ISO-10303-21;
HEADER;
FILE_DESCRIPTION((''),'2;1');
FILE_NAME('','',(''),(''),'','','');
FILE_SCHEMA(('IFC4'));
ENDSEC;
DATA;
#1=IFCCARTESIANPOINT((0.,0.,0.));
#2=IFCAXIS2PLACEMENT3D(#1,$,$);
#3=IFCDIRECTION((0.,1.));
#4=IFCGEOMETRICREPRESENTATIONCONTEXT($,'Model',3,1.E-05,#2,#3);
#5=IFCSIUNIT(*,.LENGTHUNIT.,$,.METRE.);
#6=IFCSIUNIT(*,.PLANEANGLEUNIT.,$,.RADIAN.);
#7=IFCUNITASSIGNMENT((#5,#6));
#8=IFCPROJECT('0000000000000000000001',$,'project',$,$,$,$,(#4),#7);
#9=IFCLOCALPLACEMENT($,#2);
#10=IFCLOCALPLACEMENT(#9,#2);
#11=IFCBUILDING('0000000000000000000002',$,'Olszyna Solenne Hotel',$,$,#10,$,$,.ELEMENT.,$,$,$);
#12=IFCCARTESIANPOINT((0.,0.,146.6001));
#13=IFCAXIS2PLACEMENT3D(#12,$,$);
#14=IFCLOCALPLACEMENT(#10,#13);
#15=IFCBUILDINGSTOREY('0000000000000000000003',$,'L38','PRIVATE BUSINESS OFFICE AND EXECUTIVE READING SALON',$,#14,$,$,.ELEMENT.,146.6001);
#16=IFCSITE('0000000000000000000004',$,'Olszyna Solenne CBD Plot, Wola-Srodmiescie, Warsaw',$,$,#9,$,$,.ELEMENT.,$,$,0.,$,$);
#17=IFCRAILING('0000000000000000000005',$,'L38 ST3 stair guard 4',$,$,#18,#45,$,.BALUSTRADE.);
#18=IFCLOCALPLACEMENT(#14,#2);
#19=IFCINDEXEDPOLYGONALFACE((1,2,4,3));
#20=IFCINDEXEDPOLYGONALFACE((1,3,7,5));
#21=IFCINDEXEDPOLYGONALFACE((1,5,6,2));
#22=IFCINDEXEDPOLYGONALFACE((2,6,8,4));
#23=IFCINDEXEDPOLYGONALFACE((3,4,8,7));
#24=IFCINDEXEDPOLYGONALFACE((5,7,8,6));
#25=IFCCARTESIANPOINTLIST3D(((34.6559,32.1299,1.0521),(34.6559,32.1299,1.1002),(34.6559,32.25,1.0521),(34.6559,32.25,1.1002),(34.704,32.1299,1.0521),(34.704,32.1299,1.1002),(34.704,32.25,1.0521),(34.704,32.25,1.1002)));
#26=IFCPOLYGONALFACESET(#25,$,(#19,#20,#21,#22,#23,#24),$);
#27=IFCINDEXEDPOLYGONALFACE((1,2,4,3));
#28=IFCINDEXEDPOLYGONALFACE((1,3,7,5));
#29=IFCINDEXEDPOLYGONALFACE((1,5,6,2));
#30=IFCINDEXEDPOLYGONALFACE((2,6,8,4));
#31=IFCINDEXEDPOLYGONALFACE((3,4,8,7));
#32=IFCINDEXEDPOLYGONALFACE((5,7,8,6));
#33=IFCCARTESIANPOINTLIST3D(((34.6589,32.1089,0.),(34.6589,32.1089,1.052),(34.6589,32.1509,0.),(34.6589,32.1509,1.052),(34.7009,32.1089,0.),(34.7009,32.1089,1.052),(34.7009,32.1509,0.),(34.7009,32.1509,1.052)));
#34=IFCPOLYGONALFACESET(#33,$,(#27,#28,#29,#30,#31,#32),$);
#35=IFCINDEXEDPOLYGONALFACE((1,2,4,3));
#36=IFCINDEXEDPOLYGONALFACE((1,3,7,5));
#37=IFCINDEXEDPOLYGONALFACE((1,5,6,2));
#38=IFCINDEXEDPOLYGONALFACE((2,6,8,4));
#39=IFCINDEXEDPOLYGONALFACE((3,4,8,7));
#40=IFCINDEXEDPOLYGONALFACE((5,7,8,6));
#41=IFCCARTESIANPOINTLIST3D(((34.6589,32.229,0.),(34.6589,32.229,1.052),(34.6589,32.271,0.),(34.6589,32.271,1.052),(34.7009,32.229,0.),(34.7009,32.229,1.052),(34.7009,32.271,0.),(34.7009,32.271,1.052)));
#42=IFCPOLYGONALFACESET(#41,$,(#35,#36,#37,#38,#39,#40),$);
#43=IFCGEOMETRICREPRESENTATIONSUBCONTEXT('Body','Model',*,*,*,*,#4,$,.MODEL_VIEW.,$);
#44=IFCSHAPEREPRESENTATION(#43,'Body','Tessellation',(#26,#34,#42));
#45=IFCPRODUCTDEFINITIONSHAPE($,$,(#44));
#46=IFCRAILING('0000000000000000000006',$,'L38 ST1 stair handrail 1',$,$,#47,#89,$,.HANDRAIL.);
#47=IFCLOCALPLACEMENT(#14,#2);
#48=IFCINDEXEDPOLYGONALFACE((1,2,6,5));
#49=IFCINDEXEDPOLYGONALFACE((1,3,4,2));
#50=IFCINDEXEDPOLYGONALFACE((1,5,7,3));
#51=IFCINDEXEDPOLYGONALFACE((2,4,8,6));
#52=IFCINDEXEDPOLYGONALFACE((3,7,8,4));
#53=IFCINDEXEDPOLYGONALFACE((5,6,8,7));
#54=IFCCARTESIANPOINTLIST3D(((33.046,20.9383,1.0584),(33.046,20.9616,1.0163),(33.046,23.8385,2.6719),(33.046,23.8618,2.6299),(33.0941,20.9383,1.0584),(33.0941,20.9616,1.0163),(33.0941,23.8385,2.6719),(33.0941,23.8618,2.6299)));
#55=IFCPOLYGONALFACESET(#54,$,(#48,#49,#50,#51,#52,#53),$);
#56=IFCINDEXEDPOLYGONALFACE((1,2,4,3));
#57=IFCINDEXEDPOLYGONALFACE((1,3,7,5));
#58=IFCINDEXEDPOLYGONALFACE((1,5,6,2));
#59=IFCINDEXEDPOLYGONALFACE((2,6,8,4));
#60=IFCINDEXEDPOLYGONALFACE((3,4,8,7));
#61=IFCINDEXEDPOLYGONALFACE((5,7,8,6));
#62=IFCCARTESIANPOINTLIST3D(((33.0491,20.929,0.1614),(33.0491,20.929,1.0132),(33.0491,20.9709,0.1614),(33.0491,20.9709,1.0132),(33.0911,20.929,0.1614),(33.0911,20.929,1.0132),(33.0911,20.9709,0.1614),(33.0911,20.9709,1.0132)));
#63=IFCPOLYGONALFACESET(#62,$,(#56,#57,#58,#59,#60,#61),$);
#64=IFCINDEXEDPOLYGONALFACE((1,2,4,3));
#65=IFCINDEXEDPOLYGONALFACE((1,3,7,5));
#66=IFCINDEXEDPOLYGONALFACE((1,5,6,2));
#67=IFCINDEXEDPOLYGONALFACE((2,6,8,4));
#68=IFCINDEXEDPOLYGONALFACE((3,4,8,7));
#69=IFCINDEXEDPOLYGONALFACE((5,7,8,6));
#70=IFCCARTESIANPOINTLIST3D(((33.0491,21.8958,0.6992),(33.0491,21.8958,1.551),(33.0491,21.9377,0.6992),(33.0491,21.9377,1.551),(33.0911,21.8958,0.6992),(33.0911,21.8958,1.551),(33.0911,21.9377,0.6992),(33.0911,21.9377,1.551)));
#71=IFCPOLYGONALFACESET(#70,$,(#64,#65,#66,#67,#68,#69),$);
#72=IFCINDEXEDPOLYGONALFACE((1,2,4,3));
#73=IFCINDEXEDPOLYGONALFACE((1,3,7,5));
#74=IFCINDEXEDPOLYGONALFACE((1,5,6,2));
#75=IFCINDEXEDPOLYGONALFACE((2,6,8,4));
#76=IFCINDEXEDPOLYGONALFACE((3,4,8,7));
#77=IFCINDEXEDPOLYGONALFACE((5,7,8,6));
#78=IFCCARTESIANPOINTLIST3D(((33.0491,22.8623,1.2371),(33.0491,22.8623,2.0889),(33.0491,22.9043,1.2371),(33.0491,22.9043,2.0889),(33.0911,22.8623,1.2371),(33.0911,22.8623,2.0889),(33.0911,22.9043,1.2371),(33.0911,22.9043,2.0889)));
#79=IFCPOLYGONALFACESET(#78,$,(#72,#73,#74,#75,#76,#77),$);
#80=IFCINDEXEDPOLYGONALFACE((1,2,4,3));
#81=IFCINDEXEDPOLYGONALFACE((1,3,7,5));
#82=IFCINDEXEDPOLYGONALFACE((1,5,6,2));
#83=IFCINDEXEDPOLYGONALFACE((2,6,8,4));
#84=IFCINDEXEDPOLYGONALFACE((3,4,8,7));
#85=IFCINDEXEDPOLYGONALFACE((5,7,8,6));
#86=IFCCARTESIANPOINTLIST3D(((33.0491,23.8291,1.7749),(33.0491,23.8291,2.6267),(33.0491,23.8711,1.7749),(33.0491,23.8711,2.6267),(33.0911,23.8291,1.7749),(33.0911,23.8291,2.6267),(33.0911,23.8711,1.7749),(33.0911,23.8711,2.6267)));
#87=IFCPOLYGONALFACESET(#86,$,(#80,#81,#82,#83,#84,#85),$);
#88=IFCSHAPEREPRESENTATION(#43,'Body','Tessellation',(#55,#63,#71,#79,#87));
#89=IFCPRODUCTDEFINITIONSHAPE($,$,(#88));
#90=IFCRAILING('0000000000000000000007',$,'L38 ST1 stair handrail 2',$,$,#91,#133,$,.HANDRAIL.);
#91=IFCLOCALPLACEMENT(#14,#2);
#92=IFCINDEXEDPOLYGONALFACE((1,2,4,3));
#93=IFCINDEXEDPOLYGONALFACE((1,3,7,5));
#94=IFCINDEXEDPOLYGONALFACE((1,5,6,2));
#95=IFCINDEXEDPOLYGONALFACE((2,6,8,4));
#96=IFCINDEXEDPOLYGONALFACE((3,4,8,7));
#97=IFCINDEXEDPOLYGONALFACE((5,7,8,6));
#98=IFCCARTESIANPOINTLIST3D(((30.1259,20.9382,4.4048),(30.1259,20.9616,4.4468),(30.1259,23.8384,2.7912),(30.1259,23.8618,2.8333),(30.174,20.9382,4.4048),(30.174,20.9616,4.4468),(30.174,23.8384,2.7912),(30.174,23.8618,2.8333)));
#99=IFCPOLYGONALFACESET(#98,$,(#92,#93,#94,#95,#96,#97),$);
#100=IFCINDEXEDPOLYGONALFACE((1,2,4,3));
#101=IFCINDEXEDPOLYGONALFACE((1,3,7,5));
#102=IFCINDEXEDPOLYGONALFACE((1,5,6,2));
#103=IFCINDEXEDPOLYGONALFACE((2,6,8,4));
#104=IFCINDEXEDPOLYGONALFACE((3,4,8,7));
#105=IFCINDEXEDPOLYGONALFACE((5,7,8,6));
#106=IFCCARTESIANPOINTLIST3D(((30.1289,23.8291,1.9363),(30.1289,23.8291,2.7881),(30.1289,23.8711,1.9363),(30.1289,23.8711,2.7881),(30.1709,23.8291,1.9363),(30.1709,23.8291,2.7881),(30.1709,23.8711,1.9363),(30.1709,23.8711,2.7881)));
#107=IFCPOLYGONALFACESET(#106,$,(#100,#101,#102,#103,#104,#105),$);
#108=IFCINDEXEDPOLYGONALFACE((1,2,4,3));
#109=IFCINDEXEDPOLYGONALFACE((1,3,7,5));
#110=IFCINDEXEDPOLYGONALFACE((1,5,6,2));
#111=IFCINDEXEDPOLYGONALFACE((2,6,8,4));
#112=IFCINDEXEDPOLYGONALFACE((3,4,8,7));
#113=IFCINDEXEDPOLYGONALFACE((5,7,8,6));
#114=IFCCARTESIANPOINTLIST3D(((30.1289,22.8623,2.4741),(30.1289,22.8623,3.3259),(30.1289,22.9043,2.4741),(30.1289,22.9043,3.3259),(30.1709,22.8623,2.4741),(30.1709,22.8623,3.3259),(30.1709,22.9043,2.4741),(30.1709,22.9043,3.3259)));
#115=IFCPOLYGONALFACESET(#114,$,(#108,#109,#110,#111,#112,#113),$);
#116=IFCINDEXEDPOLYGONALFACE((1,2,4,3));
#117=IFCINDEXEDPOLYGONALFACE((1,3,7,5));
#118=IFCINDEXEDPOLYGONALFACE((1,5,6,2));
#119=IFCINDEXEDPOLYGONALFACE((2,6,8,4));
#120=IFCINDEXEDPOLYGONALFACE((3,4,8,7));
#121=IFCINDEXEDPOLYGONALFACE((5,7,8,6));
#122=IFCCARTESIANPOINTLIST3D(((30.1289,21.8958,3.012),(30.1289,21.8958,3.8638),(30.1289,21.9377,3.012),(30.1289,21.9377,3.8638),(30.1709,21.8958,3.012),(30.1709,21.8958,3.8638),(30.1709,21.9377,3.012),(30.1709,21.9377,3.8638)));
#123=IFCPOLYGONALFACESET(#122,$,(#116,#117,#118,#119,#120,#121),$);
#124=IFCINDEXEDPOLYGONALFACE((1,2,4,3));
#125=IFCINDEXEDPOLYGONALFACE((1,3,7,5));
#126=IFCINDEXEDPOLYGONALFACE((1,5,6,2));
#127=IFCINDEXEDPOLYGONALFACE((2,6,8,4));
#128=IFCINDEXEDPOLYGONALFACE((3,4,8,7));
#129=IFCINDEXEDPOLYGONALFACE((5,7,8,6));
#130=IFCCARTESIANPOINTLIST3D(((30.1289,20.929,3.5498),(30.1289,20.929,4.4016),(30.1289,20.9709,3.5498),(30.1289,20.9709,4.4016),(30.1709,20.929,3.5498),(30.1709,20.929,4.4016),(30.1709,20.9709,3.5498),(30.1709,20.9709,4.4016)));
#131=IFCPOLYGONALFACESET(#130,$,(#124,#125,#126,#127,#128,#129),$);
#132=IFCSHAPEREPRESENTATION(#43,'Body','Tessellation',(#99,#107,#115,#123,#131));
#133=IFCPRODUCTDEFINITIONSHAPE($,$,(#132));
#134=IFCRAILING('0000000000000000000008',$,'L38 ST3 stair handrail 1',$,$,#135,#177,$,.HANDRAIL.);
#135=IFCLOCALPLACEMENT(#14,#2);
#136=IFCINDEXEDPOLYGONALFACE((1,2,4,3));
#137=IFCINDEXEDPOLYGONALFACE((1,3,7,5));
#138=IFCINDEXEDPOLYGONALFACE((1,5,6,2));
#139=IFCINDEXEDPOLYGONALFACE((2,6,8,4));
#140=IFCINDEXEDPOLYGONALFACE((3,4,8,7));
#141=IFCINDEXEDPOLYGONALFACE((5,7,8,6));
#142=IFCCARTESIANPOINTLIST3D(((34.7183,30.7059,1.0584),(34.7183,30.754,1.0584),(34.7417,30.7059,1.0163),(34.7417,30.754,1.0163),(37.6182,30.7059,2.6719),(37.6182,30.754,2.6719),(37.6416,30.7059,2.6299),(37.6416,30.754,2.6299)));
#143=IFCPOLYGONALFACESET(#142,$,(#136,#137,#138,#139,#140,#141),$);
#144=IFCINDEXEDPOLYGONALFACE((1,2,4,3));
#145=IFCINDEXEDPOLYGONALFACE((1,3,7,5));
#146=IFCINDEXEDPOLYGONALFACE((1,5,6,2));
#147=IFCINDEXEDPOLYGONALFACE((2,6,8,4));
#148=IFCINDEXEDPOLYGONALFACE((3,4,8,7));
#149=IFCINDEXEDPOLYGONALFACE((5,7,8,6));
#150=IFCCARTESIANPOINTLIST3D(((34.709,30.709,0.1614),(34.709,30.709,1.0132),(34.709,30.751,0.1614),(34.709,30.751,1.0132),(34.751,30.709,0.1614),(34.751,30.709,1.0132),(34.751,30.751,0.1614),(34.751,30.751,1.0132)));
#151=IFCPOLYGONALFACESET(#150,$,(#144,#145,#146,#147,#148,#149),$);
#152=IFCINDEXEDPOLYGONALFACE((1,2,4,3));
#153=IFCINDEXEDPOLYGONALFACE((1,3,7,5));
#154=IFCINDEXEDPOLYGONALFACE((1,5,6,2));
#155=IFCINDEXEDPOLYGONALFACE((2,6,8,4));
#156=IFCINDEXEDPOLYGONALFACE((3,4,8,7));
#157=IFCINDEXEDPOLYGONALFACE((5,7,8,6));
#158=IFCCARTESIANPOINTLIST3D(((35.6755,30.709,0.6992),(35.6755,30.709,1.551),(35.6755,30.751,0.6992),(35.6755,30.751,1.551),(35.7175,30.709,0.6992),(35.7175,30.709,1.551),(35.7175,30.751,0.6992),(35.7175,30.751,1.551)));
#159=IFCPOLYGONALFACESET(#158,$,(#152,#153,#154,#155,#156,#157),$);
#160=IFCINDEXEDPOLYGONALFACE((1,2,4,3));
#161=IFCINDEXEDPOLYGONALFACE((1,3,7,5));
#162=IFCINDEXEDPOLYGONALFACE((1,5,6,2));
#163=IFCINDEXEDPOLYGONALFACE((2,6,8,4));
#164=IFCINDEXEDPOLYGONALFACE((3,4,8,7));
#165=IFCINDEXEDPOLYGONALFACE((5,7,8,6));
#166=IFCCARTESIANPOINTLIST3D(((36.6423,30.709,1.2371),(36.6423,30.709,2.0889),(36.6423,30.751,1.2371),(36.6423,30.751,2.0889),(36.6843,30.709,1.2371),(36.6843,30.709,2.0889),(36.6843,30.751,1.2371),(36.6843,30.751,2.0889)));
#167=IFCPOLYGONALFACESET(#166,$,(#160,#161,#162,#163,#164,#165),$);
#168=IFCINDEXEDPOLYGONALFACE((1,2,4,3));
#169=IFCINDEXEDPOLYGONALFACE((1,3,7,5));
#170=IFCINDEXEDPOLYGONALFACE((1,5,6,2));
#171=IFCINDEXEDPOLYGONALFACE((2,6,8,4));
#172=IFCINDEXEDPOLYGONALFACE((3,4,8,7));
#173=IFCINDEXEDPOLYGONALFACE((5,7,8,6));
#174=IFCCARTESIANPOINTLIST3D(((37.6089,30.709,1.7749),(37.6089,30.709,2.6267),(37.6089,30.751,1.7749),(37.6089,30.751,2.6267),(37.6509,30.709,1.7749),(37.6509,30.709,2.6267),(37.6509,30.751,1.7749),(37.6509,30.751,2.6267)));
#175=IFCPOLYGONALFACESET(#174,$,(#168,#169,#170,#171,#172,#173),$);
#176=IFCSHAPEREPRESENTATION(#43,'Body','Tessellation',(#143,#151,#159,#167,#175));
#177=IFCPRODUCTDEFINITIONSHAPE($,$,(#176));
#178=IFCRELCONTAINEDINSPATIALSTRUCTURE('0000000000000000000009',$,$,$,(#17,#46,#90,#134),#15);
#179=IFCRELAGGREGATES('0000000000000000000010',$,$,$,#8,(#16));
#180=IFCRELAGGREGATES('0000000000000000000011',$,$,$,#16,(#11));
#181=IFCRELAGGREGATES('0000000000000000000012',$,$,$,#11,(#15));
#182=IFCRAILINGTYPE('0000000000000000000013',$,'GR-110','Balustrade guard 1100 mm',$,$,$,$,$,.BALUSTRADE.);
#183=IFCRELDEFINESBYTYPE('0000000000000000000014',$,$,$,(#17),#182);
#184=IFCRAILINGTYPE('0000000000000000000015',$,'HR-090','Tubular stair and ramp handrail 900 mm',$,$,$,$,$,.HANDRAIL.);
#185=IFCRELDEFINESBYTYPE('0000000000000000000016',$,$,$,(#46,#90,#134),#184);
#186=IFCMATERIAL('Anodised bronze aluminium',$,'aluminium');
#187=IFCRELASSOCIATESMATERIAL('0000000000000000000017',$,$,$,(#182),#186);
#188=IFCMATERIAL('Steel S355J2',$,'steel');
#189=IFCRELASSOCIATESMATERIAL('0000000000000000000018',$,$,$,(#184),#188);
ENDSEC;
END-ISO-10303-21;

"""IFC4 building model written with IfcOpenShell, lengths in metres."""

from ifc_helpers import new_model, si_unit, direction, frame, origin, origin_2d, place, context, subcontext, project, spatial, rectangle, extrude, material, type_object, element, save


model = new_model("IFC4")

# Units and contexts
model_context = context("Model", 3, precision=1e-05, world=origin(), true_north=direction((0.0, 1.0)))
body_context = subcontext(model_context, "Body", "Model", "MODEL_VIEW")
ifc_project = project(units=[si_unit("LENGTHUNIT", "METRE"), si_unit("PLANEANGLEUNIT", "RADIAN")], contexts=[model_context])

# Site, building, storey
site_placement = place(None, origin())
site = spatial("IfcSite", under=ifc_project, at=site_placement, Name="Olszyna Solenne CBD Plot, Wola-Srodmiescie, Warsaw", CompositionType="ELEMENT", RefElevation=0.0)
building_placement = place(site_placement, origin())
building = spatial("IfcBuilding", under=site, at=building_placement, Name="Olszyna Solenne Hotel", CompositionType="ELEMENT")
storey_placement = place(building_placement, frame((0.0, 0.0, 146.6001)))
storey = spatial("IfcBuildingStorey", under=building, at=storey_placement, Name="L38", Description="PRIVATE BUSINESS OFFICE AND EXECUTIVE READING SALON", CompositionType="ELEMENT", Elevation=146.6001)

# Shared definitions
ifc_material_1 = material(Name="Steel S355J2", Category="steel")

# Railings
ifc_material_2 = material(Name="Anodised bronze aluminium", Category="aluminium")
railing_type_1 = type_object("IfcRailingType", Name="GR-110", Description="Balustrade guard 1100 mm", PredefinedType="BALUSTRADE", material=ifc_material_2)
railing_1_placement = place(storey_placement, frame((34.6799, 32.1299, 0.0)))
element("IfcRailing", 1, at=railing_1_placement, inside=storey, type_object=railing_type_1, Name="L38 ST3 stair guard 4", PredefinedType="BALUSTRADE", context=body_context, shape_type="SweptSolid", body=[
    extrude(rectangle(XDim=0.0481, YDim=0.0481, at=origin_2d()), frame((0.0, 0.0, 1.0762), z_axis=(0.0, 1.0, 0.0), x_axis=(-1.0, 0.0, 0.0)), (0.0, 0.0, 1.0), 0.1201),
    extrude(rectangle(XDim=0.042, YDim=0.042, at=origin_2d()), origin(), (0.0, 0.0, 1.0), 1.052),
    extrude(rectangle(XDim=0.042, YDim=0.042, at=origin_2d()), frame((0.0, 0.1201, 0.0)), (0.0, 0.0, 1.0), 1.052),
])
railing_type_2 = type_object("IfcRailingType", Name="HR-090", Description="Tubular stair and ramp handrail 900 mm", PredefinedType="HANDRAIL", material=ifc_material_1)
railing_2_placement = place(storey_placement, frame((33.0701, 20.95, 0.1614)))
element("IfcRailing", 2, at=railing_2_placement, inside=storey, type_object=railing_type_2, Name="L38 ST1 stair handrail 1", PredefinedType="HANDRAIL", context=body_context, shape_type="SweptSolid", body=[
    extrude(rectangle(XDim=0.0481, YDim=0.0481, at=origin_2d()), frame((0.0, 0.0, 0.876), z_axis=(0.0, 0.873859, 0.48618), x_axis=(-1.0, 0.0, 0.0)), (0.0, 0.0, 1.0), 3.3188),
    extrude(rectangle(XDim=0.042, YDim=0.042, at=origin_2d()), origin(), (0.0, 0.0, 1.0), 0.8518),
    extrude(rectangle(XDim=0.042, YDim=0.042, at=origin_2d()), frame((0.0, 0.9668, 0.5378)), (0.0, 0.0, 1.0), 0.8518),
    extrude(rectangle(XDim=0.042, YDim=0.042, at=origin_2d()), frame((0.0, 1.9333, 1.0757)), (0.0, 0.0, 1.0), 0.8518),
    extrude(rectangle(XDim=0.042, YDim=0.042, at=origin_2d()), frame((0.0, 2.9001, 1.6135)), (0.0, 0.0, 1.0), 0.8518),
])
railing_3_placement = place(storey_placement, frame((30.1499, 23.8501, 1.9363)))
element("IfcRailing", 3, at=railing_3_placement, inside=storey, type_object=railing_type_2, Name="L38 ST1 stair handrail 2", PredefinedType="HANDRAIL", context=body_context, shape_type="SweptSolid", body=[
    extrude(rectangle(XDim=0.0481, YDim=0.0481, at=origin_2d()), frame((0.0, 0.0, 0.876), z_axis=(0.0, -0.873859, 0.48618), x_axis=(1.0, 0.0, 0.0)), (0.0, 0.0, 1.0), 3.3188),
    extrude(rectangle(XDim=0.042, YDim=0.042, at=origin_2d()), origin(), (0.0, 0.0, 1.0), 0.8518),
    extrude(rectangle(XDim=0.042, YDim=0.042, at=origin_2d()), frame((0.0, -0.9668, 0.5378)), (0.0, 0.0, 1.0), 0.8518),
    extrude(rectangle(XDim=0.042, YDim=0.042, at=origin_2d()), frame((0.0, -1.9333, 1.0757)), (0.0, 0.0, 1.0), 0.8518),
    extrude(rectangle(XDim=0.042, YDim=0.042, at=origin_2d()), frame((0.0, -2.9001, 1.6135)), (0.0, 0.0, 1.0), 0.8518),
])
railing_4_placement = place(storey_placement, frame((34.73, 30.73, 0.1614)))
element("IfcRailing", 4, at=railing_4_placement, inside=storey, type_object=railing_type_2, Name="L38 ST3 stair handrail 1", PredefinedType="HANDRAIL", context=body_context, shape_type="SweptSolid", body=[
    extrude(rectangle(XDim=0.0481, YDim=0.0481, at=origin_2d()), frame((0.0, 0.0, 0.876), z_axis=(0.873841, 0.0, 0.486211), x_axis=(0.0, 1.0, 0.0)), (0.0, 0.0, 1.0), 3.3186),
    extrude(rectangle(XDim=0.042, YDim=0.042, at=origin_2d()), origin(), (0.0, 0.0, 1.0), 0.8518),
    extrude(rectangle(XDim=0.042, YDim=0.042, at=origin_2d()), frame((0.9666, 0.0, 0.5378)), (0.0, 0.0, 1.0), 0.8518),
    extrude(rectangle(XDim=0.042, YDim=0.042, at=origin_2d()), frame((1.9333, 0.0, 1.0757)), (0.0, 0.0, 1.0), 0.8518),
    extrude(rectangle(XDim=0.042, YDim=0.042, at=origin_2d()), frame((2.8999, 0.0, 1.6135)), (0.0, 0.0, 1.0), 0.8518),
])

save(model, "model.ifc")
